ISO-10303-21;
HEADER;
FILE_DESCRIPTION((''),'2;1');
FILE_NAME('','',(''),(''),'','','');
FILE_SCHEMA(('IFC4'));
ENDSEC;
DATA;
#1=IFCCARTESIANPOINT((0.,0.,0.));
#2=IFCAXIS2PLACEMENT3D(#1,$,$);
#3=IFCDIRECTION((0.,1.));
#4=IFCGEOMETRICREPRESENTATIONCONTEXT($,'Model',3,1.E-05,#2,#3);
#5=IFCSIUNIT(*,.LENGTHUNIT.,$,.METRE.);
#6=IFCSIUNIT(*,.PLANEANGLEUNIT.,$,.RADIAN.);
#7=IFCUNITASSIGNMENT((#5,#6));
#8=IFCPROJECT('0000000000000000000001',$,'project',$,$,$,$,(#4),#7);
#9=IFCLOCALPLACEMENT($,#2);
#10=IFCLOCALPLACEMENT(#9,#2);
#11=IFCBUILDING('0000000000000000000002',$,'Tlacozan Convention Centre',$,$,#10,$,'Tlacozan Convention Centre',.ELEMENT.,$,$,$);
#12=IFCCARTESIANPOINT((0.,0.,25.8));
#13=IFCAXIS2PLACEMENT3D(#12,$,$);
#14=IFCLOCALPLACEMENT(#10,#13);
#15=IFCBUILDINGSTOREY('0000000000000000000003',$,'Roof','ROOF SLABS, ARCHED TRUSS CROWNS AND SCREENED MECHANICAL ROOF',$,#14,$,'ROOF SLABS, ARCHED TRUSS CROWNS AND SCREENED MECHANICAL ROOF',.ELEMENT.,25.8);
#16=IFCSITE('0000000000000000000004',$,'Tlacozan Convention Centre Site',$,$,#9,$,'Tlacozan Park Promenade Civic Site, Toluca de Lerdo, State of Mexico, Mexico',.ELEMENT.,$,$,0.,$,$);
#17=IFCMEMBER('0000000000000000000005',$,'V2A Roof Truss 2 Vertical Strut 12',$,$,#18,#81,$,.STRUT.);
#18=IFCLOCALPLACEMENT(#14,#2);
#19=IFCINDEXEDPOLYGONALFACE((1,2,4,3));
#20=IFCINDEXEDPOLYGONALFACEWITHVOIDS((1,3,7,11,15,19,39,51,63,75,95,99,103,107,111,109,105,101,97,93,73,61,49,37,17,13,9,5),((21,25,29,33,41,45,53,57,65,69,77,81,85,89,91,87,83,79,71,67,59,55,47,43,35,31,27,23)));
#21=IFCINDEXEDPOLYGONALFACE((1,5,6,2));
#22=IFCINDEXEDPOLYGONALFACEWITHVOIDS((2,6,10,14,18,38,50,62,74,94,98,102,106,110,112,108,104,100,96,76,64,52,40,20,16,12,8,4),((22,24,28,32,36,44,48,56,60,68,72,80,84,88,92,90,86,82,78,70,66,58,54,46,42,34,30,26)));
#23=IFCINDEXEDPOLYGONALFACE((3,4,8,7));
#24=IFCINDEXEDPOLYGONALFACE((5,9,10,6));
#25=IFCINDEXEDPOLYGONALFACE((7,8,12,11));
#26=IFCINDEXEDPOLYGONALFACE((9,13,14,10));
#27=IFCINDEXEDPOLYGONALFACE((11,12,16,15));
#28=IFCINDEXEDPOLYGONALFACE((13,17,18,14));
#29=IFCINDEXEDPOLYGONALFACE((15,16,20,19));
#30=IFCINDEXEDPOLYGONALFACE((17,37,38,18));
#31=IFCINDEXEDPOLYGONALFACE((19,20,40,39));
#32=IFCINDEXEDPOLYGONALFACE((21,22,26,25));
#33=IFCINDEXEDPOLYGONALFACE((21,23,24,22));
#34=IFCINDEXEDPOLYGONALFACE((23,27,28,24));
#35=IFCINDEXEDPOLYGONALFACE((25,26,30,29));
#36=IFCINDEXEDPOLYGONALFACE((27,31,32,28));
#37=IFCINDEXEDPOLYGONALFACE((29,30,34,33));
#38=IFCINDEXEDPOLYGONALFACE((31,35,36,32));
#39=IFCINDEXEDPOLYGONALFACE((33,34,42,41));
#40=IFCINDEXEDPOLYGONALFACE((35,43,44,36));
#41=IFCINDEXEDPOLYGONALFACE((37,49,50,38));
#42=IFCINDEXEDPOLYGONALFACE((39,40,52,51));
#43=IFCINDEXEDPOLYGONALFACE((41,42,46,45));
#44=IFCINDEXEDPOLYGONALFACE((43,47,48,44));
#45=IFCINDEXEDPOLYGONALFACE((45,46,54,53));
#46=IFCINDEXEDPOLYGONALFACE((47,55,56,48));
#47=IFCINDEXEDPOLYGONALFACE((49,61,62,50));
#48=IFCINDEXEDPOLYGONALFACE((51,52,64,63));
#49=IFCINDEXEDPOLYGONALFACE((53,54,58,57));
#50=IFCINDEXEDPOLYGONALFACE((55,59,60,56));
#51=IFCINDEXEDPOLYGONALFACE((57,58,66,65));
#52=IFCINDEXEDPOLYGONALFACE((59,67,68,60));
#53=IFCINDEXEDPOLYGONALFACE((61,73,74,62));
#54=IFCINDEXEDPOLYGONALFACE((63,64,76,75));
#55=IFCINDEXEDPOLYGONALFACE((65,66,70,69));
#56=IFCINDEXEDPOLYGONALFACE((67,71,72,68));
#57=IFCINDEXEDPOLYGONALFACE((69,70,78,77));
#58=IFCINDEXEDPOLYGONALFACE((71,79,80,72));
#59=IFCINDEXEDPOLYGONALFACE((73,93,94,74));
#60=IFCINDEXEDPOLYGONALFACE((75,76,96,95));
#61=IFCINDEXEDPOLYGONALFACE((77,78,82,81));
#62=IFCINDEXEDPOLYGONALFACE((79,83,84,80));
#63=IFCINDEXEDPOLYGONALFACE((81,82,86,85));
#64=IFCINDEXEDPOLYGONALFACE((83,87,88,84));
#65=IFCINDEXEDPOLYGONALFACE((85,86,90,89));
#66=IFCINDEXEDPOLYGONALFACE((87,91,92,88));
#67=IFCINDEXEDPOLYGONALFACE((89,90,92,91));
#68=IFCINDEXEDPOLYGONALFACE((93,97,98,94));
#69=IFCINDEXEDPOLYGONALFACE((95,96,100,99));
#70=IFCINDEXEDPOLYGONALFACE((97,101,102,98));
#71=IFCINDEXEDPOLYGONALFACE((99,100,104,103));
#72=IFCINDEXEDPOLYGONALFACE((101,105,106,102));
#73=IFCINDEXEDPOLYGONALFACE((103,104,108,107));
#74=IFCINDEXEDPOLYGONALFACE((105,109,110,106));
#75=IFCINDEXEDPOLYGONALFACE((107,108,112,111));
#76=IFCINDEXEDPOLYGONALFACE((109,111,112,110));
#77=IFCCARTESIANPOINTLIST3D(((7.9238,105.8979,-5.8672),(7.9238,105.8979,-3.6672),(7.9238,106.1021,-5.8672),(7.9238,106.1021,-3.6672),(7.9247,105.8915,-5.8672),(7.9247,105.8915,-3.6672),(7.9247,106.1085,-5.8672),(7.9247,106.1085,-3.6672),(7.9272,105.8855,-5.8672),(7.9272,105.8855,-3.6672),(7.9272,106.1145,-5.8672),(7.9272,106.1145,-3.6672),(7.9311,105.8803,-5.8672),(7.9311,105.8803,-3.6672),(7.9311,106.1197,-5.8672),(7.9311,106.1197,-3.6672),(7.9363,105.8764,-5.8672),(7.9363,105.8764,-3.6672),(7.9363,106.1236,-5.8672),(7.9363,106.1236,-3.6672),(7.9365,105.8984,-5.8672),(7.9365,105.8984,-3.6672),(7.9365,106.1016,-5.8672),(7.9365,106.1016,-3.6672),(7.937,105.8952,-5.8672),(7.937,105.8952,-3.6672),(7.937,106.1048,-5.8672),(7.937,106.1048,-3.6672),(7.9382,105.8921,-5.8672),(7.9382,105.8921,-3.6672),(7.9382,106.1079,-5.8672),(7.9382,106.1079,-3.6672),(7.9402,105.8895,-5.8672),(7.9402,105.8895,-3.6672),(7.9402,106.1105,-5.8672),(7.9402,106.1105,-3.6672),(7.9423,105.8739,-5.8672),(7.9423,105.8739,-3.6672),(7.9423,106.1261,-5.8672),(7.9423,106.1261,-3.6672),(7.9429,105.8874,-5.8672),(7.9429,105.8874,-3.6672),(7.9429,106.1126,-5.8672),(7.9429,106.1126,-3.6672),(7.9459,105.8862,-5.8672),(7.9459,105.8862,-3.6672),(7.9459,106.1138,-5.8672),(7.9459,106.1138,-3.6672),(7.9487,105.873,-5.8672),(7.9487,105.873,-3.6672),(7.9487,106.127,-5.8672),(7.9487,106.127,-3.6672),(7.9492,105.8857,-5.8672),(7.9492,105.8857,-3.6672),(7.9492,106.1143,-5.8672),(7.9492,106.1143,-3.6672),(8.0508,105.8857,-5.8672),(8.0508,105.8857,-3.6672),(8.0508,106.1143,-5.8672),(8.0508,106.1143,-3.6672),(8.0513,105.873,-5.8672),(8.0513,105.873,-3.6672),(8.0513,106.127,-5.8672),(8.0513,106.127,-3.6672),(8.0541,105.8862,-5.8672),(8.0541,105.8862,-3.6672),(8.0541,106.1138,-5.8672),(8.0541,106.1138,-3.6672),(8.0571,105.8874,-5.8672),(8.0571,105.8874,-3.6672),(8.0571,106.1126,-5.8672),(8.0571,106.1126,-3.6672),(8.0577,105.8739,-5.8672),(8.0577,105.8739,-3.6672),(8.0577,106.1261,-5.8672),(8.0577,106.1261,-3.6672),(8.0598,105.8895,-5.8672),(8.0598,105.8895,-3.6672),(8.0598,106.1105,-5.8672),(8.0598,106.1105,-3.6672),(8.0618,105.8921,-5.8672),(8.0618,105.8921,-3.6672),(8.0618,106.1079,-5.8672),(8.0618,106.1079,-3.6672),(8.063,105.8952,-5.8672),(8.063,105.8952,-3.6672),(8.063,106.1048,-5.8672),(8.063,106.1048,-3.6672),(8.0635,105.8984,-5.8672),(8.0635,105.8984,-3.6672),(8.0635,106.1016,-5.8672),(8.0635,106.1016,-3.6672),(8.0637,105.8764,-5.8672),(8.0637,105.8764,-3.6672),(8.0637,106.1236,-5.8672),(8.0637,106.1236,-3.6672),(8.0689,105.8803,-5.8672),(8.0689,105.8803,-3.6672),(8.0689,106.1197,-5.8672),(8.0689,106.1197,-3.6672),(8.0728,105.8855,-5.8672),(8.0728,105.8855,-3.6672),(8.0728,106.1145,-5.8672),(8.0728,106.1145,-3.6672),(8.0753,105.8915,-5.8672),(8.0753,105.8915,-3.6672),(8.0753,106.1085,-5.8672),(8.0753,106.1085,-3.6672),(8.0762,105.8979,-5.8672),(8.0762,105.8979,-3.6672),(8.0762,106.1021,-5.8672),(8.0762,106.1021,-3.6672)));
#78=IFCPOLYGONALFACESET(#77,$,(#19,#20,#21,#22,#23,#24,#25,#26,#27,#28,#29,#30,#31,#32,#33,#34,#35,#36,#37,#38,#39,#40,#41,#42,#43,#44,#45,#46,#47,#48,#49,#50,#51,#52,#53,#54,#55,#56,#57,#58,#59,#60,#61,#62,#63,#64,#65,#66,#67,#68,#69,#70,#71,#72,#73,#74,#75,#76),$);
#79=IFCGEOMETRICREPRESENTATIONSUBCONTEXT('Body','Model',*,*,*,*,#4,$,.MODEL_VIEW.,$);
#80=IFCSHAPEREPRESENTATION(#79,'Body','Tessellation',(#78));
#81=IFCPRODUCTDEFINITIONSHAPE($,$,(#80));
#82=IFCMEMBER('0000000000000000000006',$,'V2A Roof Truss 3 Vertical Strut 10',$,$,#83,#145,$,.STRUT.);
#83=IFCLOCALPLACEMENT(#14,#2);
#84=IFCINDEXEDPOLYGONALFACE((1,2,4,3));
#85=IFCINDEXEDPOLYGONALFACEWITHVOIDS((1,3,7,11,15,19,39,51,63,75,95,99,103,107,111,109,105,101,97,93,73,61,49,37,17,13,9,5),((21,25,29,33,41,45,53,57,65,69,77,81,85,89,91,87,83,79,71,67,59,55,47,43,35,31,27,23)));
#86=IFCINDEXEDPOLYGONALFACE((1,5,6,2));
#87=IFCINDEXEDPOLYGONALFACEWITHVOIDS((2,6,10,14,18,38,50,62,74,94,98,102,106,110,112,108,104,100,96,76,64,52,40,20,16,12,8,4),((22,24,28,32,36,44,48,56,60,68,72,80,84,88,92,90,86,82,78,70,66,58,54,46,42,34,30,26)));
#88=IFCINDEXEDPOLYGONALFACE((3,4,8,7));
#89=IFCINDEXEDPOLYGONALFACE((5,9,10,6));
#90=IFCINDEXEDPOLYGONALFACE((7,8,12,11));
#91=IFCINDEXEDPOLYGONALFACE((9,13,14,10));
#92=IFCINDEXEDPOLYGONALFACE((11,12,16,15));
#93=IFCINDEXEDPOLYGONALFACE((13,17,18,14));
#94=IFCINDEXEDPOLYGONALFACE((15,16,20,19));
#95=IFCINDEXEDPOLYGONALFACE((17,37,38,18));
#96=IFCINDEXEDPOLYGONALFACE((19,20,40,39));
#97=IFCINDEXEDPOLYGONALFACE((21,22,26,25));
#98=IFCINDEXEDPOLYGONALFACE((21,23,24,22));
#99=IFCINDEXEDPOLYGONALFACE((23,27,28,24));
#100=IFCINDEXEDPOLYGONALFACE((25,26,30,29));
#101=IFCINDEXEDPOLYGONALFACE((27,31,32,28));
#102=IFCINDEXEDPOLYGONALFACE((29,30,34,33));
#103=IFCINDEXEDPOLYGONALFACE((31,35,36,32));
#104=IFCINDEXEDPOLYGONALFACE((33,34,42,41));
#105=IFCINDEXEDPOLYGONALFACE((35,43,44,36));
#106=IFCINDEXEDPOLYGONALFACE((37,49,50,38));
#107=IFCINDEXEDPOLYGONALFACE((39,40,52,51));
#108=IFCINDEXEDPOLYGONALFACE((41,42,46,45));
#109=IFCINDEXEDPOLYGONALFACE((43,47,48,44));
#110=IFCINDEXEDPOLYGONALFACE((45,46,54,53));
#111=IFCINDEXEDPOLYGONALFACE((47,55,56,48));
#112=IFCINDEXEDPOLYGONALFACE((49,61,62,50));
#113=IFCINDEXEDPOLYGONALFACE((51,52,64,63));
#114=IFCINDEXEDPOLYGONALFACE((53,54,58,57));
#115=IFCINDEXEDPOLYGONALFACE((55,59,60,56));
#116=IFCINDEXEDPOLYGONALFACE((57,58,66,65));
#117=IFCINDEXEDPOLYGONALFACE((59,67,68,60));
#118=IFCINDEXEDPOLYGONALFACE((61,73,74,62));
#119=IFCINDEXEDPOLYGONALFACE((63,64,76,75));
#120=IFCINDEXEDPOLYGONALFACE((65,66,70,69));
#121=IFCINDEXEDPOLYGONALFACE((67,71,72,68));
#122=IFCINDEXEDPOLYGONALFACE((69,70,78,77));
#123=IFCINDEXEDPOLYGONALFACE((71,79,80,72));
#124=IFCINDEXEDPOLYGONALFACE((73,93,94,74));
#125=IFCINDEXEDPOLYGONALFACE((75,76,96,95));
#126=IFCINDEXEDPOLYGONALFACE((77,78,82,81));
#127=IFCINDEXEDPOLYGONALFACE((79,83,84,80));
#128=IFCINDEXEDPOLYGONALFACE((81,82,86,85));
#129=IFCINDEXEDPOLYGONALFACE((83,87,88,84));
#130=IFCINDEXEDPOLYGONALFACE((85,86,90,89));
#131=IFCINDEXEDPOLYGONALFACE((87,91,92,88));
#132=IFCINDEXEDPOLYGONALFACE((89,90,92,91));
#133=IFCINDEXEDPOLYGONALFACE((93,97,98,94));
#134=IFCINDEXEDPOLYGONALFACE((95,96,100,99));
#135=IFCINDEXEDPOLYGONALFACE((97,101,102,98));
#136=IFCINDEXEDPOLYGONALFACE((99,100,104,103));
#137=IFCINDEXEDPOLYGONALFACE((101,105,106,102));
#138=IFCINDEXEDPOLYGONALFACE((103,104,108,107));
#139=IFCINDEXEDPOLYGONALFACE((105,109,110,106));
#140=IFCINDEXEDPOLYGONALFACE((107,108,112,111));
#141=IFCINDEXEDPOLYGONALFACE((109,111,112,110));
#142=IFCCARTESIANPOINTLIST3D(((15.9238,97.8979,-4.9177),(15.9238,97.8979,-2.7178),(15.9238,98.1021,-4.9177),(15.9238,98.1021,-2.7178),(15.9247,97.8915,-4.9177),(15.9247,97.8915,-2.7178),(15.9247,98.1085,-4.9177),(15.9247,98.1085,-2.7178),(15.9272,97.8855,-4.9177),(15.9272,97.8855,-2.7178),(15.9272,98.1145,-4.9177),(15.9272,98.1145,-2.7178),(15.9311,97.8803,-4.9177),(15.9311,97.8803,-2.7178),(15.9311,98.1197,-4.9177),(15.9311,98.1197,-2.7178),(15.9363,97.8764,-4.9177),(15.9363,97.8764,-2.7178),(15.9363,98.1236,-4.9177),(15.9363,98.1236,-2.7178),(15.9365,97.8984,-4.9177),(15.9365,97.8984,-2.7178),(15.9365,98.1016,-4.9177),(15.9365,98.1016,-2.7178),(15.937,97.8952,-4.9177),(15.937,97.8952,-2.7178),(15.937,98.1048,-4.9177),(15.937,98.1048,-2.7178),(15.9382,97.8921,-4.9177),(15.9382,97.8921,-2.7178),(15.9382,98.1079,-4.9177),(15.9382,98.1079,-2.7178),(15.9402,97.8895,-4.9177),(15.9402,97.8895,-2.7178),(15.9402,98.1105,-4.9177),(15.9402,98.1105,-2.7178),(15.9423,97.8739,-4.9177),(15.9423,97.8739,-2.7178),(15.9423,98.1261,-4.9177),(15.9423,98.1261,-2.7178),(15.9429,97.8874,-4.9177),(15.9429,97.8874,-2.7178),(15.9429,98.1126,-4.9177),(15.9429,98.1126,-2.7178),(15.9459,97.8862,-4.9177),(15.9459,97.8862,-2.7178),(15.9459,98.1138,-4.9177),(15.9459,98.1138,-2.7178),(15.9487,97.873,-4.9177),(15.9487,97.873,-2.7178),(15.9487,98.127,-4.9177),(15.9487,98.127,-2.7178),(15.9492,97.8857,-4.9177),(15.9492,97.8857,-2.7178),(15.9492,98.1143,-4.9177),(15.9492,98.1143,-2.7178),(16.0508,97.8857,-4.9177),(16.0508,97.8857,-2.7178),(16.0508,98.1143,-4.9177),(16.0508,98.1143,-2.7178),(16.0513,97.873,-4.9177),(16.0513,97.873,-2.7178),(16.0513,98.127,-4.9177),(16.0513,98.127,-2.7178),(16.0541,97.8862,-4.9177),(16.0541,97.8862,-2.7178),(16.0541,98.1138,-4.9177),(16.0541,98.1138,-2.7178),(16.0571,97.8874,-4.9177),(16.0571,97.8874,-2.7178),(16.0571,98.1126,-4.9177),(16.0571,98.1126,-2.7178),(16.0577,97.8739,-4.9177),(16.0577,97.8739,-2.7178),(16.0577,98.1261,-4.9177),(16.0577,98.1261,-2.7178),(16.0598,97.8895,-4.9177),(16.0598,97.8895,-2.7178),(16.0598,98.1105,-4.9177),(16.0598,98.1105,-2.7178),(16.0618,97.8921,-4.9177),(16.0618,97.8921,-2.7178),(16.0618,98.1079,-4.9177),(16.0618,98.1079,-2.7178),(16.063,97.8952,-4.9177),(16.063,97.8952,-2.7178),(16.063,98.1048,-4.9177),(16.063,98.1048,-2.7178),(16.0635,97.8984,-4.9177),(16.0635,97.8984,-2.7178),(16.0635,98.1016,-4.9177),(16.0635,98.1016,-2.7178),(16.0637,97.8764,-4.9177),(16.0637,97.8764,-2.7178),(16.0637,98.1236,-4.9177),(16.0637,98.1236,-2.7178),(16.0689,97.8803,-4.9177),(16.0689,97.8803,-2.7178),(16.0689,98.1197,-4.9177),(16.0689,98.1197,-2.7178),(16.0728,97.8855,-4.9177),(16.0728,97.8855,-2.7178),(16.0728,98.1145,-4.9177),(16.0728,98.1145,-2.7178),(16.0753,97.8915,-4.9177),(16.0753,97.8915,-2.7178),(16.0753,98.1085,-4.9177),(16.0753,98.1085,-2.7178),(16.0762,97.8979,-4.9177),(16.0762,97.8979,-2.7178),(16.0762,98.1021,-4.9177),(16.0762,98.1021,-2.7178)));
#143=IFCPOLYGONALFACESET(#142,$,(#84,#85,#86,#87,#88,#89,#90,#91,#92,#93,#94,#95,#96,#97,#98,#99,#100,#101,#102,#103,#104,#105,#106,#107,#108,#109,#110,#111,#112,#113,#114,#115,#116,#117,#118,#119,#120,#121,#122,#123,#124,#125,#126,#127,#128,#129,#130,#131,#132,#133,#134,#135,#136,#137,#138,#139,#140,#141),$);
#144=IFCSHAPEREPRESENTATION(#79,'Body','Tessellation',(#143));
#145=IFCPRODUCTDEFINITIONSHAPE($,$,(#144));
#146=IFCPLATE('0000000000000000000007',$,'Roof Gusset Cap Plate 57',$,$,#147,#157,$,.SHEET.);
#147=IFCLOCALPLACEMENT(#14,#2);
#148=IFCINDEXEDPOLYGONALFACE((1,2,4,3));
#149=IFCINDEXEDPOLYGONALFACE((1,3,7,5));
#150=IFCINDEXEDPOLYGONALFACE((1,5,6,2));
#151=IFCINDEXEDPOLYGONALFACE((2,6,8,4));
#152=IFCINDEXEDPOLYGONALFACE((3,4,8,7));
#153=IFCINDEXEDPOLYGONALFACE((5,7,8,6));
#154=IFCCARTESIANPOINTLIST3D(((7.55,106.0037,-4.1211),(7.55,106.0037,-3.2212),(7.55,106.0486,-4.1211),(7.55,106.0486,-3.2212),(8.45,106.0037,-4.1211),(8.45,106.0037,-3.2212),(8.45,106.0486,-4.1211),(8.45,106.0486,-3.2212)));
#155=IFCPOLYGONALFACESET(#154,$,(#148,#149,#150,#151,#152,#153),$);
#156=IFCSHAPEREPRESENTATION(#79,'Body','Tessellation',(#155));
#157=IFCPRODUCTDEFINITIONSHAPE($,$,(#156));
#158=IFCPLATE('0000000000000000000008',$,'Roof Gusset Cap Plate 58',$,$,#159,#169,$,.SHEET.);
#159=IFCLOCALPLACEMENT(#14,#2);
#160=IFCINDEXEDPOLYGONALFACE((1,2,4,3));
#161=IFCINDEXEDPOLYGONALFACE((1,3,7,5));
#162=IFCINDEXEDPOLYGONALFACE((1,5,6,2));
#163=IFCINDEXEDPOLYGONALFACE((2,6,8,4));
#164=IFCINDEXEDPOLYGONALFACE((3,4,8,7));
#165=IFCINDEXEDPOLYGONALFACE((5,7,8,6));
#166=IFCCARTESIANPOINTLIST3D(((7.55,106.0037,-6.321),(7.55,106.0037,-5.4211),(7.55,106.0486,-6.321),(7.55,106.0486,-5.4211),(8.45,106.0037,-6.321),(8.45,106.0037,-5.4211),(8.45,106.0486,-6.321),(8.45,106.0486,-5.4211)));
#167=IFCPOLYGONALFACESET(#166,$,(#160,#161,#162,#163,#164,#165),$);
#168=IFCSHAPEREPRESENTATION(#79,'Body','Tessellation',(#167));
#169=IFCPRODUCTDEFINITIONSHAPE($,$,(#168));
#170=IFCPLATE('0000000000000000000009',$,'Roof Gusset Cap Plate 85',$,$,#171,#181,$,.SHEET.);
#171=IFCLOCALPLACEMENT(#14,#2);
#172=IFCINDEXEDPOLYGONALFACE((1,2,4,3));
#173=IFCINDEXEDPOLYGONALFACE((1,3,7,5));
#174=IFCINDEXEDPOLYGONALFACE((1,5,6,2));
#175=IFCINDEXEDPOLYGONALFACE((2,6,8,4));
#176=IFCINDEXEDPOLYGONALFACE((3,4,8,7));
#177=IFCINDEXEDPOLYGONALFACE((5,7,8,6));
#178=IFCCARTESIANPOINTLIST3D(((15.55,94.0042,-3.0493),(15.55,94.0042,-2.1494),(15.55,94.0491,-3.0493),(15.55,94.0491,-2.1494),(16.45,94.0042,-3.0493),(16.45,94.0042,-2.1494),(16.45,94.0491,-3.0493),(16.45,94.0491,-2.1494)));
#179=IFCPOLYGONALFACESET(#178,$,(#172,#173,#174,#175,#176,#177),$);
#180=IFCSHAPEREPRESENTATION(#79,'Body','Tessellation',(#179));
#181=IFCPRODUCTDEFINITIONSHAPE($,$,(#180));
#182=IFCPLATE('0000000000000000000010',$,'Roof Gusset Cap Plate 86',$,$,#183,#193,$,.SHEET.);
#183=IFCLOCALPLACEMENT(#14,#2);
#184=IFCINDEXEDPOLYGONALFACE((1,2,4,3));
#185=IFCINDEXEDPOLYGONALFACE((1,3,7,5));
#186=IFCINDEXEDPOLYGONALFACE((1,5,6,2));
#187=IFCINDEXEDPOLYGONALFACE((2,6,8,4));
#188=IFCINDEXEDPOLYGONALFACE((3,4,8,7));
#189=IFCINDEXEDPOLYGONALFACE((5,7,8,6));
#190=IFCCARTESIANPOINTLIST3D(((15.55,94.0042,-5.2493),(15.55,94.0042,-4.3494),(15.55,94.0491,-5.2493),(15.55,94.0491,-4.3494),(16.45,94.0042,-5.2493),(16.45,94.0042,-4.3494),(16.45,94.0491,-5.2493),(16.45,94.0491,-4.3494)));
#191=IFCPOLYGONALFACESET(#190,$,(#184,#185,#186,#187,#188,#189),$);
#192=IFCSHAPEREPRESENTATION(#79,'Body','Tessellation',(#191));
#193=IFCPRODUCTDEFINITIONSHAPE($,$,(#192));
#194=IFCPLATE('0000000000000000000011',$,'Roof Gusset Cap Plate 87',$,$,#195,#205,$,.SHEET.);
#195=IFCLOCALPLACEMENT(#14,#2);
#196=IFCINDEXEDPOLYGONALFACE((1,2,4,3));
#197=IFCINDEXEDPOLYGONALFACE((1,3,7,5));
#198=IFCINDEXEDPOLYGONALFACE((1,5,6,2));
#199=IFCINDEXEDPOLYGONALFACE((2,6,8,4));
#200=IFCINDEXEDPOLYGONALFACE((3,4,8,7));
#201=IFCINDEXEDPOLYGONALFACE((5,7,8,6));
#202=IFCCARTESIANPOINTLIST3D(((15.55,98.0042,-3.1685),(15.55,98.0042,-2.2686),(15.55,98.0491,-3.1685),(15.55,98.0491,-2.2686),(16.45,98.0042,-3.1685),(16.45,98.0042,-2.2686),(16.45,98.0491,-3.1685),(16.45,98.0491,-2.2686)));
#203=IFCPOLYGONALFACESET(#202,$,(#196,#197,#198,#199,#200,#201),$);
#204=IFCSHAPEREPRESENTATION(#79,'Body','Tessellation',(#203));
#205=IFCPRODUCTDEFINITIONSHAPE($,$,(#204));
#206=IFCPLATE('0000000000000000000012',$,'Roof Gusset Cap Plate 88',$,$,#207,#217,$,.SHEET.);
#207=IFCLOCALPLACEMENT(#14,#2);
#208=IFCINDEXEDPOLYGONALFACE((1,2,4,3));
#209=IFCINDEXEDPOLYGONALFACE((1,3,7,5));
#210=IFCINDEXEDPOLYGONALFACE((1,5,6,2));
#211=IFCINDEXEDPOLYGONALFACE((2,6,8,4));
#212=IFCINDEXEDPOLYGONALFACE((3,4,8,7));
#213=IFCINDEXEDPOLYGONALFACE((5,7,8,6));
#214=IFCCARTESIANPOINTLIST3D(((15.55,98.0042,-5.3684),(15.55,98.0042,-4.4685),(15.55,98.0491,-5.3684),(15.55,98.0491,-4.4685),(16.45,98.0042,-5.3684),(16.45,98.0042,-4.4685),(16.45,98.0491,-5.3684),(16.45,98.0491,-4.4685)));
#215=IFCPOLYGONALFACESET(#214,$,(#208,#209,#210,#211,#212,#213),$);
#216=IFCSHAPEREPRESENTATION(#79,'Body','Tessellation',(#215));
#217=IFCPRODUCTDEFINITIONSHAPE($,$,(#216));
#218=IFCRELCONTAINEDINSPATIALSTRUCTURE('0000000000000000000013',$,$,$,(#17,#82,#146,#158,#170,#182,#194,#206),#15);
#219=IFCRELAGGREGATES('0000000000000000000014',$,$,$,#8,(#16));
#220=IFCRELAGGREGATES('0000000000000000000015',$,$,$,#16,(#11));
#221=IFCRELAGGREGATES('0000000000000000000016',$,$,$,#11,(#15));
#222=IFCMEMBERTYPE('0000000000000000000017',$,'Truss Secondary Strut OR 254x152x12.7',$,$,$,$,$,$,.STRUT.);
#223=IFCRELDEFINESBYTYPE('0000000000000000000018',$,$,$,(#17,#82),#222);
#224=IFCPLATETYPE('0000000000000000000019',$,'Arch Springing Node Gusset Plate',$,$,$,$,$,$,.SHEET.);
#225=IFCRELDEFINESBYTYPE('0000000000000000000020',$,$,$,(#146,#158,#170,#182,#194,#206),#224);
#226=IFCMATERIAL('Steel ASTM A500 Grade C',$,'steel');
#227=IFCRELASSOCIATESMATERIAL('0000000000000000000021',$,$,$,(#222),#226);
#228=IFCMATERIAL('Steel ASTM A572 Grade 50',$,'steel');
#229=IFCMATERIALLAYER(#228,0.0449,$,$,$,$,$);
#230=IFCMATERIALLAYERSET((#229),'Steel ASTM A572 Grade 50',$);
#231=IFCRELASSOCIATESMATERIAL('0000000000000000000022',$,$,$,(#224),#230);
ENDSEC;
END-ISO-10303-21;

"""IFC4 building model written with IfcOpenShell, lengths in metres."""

from ifc_helpers import new_model, si_unit, direction, frame, origin, origin_2d, place, context, subcontext, project, spatial, rectangle, hollow_rectangle, extrude, material, layer, layer_set, material_profile, profile_set, type_object, element, save


model = new_model("IFC4")

# Units and contexts
model_context = context("Model", 3, precision=1e-05, world=origin(), true_north=direction((0.0, 1.0)))
body_context = subcontext(model_context, "Body", "Model", "MODEL_VIEW")
ifc_project = project(units=[si_unit("LENGTHUNIT", "METRE"), si_unit("PLANEANGLEUNIT", "RADIAN")], contexts=[model_context])

# Site, building, storey
site_placement = place(None, origin())
site = spatial("IfcSite", under=ifc_project, at=site_placement, Name="Tlacozan Convention Centre Site", LongName="Tlacozan Park Promenade Civic Site, Toluca de Lerdo, State of Mexico, Mexico", CompositionType="ELEMENT", RefElevation=0.0)
building_placement = place(site_placement, origin())
building = spatial("IfcBuilding", under=site, at=building_placement, Name="Tlacozan Convention Centre", LongName="Tlacozan Convention Centre", CompositionType="ELEMENT")
storey_placement = place(building_placement, frame((0.0, 0.0, 25.8)))
storey = spatial("IfcBuildingStorey", under=building, at=storey_placement, Name="Roof", Description="ROOF SLABS, ARCHED TRUSS CROWNS AND SCREENED MECHANICAL ROOF", LongName="ROOF SLABS, ARCHED TRUSS CROWNS AND SCREENED MECHANICAL ROOF", CompositionType="ELEMENT", Elevation=25.8)

# Members
ifc_material_1 = material(Name="Steel ASTM A500 Grade C", Category="steel")
ifc_material_profile_1 = material_profile(ifc_material_1, hollow_rectangle(XDim=0.1523, YDim=0.2539, WallThickness=0.0127, InnerFilletRadius=0.0127, OuterFilletRadius=0.0249, at=origin_2d()), Name="OR 254x152x12.7")
ifc_profile_set_1 = profile_set([ifc_material_profile_1], Name="Steel ASTM A500 Grade C")
member_type_1 = type_object("IfcMemberType", Name="Truss Secondary Strut OR 254x152x12.7", PredefinedType="STRUT", material=ifc_profile_set_1)
for number, where, z_axis, x_axis, name in (
    (1, (8.0, 106.0, -5.8672), (0.0, 0.0, 1.0), (1.0, 0.0, 0.0), "V2A Roof Truss 2 Vertical Strut 12"),
    (2, (16.0, 98.0, -4.9177), (0.0, 0.0, 1.0), (1.0, 0.0, 0.0), "V2A Roof Truss 3 Vertical Strut 10"),
):
    element("IfcMember", number, at=place(storey_placement, frame(where, z_axis=z_axis, x_axis=x_axis)), inside=storey, type_object=member_type_1, Name=name, PredefinedType="STRUT", context=body_context, shape_type="SweptSolid", body=[
        extrude(hollow_rectangle(XDim=0.1523, YDim=0.2539, WallThickness=0.0127, InnerFilletRadius=0.0127, OuterFilletRadius=0.0249, at=origin_2d()), origin(), (0.0, 0.0, 1.0), 2.2),
    ])

# Plates
ifc_material_2 = material(Name="Steel ASTM A572 Grade 50", Category="steel")
ifc_layer = layer(ifc_material_2, 0.0449)
ifc_layer_set = layer_set([ifc_layer], Name="Steel ASTM A572 Grade 50")
plate_type = type_object("IfcPlateType", Name="Arch Springing Node Gusset Plate", PredefinedType="SHEET", material=ifc_layer_set)
for number, where, z_axis, x_axis, name in (
    (3, (8.0, 106.0261, -4.1211), (0.0, 0.0, 1.0), (0.0, 1.0, 0.0), "Roof Gusset Cap Plate 57"),
    (4, (8.0, 106.0261, -6.321), (0.0, 0.0, 1.0), (0.0, 1.0, 0.0), "Roof Gusset Cap Plate 58"),
    (5, (16.0, 94.0266, -3.0493), (0.0, 0.0, 1.0), (0.0, 1.0, 0.0), "Roof Gusset Cap Plate 85"),
    (6, (16.0, 94.0266, -5.2493), (0.0, 0.0, 1.0), (0.0, 1.0, 0.0), "Roof Gusset Cap Plate 86"),
    (7, (16.0, 98.0266, -3.1685), (0.0, 0.0, 1.0), (0.0, 1.0, 0.0), "Roof Gusset Cap Plate 87"),
    (8, (16.0, 98.0266, -5.3684), (0.0, 0.0, 1.0), (0.0, 1.0, 0.0), "Roof Gusset Cap Plate 88"),
):
    element("IfcPlate", number, at=place(storey_placement, frame(where, z_axis=z_axis, x_axis=x_axis)), inside=storey, type_object=plate_type, Name=name, PredefinedType="SHEET", context=body_context, shape_type="SweptSolid", body=[
        extrude(rectangle(XDim=0.0449, YDim=0.8999, at=origin_2d()), origin(), (0.0, 0.0, 1.0), 0.8999),
    ])

save(model, "model.ifc")
